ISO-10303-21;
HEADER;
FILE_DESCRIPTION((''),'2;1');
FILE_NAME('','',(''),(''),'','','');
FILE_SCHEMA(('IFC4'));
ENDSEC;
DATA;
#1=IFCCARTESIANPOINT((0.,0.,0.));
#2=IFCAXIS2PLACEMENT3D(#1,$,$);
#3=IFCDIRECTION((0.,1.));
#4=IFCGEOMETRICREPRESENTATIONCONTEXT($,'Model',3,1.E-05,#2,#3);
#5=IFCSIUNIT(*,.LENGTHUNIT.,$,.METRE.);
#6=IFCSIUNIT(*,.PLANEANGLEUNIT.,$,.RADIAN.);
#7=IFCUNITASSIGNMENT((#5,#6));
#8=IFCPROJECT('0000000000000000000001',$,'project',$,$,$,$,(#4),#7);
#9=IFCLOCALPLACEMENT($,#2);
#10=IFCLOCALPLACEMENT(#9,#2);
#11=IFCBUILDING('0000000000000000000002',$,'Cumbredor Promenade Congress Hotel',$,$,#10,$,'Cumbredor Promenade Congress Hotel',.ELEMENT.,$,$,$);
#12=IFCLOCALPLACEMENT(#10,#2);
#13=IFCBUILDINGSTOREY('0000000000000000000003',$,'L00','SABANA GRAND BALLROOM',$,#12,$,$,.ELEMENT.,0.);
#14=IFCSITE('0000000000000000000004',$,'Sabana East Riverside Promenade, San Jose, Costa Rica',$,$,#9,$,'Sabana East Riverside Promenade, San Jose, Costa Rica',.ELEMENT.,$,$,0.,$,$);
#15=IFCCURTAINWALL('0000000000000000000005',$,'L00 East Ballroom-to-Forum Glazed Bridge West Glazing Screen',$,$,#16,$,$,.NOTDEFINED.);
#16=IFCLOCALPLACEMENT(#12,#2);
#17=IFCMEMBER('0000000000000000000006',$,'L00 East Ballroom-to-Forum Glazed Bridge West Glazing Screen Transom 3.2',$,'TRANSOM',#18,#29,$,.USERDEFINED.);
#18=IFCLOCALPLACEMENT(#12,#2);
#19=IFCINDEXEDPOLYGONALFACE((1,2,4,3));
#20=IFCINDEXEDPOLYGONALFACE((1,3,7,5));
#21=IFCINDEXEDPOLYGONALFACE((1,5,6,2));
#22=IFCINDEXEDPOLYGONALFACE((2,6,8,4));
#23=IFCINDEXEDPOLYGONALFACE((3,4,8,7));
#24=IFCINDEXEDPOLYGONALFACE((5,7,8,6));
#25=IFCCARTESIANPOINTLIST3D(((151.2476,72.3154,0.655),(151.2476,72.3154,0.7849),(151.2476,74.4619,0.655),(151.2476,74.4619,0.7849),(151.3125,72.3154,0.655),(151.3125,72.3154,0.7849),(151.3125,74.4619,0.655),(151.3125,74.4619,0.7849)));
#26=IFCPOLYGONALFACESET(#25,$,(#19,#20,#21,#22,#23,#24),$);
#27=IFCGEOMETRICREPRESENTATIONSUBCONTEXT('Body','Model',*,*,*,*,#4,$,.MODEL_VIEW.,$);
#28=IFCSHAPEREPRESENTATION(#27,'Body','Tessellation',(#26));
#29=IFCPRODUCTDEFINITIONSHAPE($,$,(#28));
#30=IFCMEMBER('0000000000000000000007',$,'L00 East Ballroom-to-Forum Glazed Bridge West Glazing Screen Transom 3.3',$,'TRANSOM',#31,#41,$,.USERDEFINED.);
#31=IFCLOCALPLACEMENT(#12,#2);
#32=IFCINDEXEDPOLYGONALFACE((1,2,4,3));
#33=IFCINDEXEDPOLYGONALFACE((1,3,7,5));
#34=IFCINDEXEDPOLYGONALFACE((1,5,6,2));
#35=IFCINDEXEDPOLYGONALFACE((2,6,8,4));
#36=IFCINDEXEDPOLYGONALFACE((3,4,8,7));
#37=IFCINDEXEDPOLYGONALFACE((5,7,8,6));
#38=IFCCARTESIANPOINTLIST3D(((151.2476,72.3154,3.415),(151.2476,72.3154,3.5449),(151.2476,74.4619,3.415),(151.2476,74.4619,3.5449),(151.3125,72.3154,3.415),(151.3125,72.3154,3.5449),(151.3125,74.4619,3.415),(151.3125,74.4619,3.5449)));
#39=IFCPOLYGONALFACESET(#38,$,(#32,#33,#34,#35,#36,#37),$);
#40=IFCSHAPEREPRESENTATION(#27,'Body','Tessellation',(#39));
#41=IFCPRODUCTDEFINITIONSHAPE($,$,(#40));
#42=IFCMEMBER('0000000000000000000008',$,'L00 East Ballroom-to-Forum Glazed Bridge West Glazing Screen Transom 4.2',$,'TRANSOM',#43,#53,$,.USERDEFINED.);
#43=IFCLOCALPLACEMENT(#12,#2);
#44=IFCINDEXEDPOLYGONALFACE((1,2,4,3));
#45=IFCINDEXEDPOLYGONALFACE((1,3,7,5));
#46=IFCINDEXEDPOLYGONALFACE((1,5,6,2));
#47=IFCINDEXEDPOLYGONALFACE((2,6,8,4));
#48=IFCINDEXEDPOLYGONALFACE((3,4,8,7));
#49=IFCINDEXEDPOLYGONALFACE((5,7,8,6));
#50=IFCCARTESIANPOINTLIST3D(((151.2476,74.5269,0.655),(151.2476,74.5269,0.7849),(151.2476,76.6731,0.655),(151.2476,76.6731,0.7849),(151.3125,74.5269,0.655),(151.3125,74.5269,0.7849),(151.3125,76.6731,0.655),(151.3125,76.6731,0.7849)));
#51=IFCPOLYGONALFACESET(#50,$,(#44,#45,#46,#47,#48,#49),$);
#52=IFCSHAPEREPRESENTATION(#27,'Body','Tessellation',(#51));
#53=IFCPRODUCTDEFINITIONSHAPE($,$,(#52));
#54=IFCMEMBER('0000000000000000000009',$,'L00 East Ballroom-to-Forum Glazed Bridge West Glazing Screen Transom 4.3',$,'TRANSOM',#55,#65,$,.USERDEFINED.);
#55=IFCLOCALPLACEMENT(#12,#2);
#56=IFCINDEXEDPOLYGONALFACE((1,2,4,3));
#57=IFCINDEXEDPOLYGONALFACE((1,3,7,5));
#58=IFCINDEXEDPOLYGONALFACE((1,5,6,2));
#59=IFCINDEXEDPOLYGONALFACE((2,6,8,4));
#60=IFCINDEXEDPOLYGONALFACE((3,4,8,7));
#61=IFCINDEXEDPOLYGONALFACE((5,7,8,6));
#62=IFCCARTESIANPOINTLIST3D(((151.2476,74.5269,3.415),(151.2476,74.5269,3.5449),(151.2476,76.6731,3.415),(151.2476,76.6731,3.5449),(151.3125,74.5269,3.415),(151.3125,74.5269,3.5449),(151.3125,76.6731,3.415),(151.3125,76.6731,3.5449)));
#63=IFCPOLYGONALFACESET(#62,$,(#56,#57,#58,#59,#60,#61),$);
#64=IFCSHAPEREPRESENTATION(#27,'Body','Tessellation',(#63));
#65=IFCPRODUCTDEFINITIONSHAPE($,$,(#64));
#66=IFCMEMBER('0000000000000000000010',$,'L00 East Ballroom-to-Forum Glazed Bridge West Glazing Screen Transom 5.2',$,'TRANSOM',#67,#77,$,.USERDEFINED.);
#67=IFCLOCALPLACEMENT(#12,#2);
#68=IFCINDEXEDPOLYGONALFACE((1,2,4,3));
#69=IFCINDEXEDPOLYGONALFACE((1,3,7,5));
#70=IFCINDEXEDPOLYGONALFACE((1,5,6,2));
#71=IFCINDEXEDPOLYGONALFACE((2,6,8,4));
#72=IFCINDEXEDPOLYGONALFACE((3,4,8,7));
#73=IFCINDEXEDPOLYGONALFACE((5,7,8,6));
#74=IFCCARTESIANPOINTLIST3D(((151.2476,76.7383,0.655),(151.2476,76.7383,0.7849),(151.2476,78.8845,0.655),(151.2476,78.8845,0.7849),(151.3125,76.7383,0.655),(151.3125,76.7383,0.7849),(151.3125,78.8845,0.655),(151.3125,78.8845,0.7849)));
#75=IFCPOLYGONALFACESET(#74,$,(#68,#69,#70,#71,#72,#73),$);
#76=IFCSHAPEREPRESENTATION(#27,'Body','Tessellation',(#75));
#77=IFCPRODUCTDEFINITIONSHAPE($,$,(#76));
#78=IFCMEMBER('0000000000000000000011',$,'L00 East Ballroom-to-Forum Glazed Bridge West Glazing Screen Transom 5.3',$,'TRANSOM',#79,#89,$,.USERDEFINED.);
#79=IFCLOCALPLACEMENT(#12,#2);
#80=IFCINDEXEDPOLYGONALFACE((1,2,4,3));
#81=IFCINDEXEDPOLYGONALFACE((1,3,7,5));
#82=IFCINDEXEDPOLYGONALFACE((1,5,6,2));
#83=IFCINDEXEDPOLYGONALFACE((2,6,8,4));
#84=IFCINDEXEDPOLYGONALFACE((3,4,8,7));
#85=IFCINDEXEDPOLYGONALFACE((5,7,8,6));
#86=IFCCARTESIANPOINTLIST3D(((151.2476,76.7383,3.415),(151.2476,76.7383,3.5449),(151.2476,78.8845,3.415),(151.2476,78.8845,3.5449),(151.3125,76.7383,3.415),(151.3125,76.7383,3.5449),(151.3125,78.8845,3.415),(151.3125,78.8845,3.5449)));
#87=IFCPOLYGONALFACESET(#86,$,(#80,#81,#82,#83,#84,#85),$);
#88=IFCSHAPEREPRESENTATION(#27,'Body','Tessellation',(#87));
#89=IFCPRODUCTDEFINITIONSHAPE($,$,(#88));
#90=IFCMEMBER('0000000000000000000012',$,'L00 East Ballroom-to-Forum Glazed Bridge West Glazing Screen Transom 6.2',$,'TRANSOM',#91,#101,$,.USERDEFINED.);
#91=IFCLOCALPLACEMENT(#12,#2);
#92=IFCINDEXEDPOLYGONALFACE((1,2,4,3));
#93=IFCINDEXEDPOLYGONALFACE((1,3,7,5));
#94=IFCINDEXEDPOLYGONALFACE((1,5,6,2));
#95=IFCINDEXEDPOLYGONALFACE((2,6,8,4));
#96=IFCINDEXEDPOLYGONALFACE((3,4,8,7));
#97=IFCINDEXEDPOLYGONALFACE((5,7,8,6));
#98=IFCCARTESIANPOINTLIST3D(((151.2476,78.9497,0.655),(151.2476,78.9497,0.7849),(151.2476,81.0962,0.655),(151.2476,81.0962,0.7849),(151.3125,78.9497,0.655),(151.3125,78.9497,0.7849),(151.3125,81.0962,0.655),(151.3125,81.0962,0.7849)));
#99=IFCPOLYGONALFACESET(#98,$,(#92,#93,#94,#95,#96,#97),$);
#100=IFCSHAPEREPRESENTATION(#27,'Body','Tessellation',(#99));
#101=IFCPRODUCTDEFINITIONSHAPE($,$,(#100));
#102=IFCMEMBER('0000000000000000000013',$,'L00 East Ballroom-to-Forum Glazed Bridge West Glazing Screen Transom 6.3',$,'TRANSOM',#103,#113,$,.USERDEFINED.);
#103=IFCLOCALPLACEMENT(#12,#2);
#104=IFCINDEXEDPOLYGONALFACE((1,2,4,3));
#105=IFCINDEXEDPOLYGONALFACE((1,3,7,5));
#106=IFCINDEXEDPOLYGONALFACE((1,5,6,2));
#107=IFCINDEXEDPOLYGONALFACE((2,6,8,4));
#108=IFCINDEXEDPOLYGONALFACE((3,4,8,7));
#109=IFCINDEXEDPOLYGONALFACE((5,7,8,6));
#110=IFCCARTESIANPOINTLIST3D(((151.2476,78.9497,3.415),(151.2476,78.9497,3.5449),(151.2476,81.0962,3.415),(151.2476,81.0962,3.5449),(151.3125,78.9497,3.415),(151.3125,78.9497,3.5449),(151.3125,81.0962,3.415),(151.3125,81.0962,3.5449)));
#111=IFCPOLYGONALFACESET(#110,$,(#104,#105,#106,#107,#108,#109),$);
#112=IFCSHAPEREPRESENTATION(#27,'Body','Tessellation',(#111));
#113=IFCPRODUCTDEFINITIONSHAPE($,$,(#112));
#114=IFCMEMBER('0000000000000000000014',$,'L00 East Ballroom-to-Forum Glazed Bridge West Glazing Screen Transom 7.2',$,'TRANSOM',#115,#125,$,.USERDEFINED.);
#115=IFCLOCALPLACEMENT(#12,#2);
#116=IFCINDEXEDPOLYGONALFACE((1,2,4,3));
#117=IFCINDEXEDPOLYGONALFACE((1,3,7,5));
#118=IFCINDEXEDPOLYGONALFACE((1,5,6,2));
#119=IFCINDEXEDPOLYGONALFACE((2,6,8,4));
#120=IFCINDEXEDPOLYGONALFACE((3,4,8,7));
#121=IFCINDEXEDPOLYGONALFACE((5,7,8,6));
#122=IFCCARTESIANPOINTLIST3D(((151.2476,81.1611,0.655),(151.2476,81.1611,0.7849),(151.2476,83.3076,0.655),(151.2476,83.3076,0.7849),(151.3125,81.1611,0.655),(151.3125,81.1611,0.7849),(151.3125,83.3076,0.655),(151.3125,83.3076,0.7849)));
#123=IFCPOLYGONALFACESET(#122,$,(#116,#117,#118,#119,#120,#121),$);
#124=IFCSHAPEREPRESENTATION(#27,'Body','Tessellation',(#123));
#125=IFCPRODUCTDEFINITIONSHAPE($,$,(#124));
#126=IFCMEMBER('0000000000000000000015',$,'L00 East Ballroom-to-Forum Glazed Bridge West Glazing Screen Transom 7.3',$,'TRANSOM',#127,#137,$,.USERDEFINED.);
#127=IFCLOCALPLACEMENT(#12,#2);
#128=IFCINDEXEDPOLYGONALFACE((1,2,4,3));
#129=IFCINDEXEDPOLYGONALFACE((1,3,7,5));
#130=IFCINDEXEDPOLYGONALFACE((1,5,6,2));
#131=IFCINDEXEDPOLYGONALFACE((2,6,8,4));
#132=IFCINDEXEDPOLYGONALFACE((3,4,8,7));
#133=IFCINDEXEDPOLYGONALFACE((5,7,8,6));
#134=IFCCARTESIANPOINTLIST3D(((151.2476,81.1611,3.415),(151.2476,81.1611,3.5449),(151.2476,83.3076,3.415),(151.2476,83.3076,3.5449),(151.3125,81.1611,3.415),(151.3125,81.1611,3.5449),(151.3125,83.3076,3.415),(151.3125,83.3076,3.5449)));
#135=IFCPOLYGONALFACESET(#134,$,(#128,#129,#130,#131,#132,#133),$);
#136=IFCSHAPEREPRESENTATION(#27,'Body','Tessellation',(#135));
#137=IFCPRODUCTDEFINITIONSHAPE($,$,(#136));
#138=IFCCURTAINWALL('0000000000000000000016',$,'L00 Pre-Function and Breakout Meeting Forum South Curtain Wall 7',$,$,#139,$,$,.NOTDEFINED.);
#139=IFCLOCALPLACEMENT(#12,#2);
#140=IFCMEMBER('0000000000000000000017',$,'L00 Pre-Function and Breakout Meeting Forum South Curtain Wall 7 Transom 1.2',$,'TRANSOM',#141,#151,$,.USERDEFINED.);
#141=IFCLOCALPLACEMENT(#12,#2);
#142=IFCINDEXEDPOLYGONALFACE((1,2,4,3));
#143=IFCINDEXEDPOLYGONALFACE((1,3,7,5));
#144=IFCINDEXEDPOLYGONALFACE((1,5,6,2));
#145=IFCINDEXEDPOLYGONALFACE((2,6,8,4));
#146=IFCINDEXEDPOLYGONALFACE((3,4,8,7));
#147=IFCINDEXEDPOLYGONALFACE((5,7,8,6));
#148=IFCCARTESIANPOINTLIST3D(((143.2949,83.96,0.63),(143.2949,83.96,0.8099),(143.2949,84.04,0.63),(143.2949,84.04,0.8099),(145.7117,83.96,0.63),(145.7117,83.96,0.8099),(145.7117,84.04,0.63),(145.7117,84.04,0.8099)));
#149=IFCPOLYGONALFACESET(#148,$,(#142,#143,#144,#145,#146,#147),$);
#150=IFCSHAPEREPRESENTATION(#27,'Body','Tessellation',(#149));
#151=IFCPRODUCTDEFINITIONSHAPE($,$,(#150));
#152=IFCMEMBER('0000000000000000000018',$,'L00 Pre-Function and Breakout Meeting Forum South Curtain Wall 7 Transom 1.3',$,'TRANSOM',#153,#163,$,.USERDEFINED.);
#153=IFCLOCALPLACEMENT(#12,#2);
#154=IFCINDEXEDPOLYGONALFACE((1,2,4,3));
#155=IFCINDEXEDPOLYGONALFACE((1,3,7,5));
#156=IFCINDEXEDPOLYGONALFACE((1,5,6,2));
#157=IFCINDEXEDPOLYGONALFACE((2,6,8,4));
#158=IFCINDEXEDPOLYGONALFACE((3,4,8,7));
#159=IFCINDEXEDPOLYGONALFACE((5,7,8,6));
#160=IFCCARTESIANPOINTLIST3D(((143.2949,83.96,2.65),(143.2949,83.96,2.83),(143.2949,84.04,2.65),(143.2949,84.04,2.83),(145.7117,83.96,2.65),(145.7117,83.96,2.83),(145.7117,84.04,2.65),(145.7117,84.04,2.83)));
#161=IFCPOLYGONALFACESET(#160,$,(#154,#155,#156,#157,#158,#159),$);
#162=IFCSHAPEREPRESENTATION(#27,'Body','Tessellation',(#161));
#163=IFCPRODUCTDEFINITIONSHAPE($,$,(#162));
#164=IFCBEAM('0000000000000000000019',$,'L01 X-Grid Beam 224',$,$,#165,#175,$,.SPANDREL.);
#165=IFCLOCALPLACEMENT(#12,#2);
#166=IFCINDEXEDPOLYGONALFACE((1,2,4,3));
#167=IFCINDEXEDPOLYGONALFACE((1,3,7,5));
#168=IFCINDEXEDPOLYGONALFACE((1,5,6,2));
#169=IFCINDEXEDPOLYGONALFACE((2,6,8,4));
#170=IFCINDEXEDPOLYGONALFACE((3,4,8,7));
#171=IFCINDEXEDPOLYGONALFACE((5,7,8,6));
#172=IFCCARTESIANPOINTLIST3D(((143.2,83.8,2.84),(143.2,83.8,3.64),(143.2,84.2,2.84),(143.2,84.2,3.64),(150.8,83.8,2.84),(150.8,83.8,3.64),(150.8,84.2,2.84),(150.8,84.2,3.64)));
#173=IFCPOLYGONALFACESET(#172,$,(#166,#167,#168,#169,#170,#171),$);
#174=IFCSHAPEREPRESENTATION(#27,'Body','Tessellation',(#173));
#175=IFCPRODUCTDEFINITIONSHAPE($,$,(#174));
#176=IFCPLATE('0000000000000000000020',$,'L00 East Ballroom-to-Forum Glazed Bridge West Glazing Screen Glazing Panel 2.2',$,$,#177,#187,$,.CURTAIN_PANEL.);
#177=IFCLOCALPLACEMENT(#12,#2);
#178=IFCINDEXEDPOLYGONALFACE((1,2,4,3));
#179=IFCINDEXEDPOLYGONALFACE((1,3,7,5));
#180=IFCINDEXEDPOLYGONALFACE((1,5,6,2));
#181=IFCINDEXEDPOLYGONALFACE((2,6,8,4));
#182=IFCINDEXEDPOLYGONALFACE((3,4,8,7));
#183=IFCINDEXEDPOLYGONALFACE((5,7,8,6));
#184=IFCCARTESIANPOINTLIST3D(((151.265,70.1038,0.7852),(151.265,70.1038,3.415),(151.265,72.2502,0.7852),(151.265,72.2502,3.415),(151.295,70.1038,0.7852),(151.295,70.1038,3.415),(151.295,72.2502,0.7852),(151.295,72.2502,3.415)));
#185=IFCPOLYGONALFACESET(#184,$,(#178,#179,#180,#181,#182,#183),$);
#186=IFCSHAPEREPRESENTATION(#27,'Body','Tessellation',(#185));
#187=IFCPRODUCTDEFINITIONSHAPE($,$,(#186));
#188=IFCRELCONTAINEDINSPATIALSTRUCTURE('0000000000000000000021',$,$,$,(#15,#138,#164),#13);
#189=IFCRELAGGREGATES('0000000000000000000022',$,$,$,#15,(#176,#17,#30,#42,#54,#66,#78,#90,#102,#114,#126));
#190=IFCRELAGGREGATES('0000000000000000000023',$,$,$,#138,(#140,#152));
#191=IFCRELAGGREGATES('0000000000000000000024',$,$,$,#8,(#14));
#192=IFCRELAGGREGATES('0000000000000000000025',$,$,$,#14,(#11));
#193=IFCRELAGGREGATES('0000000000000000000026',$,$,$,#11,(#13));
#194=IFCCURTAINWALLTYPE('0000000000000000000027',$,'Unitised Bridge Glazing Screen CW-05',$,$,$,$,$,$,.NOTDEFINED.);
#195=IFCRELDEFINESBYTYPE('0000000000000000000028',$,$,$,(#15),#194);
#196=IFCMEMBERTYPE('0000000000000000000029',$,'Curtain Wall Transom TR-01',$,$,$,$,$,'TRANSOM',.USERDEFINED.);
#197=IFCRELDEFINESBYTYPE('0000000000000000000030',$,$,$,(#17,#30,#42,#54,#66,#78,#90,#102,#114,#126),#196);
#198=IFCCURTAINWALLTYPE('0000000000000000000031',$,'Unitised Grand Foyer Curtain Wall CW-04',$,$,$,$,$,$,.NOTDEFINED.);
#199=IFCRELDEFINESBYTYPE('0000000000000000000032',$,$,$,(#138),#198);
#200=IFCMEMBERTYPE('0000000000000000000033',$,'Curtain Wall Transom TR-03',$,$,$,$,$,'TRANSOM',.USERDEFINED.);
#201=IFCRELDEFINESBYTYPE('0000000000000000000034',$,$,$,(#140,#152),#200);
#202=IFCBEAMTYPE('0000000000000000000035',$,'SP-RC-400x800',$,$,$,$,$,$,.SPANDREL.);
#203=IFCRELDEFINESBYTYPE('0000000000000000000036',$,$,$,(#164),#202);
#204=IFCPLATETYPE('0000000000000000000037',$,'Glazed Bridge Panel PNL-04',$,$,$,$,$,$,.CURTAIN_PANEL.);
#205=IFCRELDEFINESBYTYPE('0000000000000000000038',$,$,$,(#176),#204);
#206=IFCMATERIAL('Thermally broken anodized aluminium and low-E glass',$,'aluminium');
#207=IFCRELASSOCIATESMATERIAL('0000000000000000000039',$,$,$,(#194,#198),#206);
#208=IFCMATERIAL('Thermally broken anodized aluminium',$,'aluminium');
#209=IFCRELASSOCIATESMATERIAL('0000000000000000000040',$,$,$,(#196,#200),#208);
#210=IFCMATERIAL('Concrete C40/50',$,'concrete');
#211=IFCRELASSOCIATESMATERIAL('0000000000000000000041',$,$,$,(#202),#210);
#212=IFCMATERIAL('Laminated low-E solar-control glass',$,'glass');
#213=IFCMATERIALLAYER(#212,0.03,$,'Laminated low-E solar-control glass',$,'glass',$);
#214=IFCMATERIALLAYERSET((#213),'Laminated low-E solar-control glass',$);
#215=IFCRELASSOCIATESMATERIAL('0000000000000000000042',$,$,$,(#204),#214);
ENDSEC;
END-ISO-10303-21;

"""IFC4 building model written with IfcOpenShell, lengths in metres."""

from ifc_helpers import new_model, si_unit, direction, frame, origin, origin_2d, place, context, subcontext, project, spatial, rectangle, extrude, material, layer, layer_set, material_profile, profile_set, type_object, element, aggregate, save


model = new_model("IFC4")

# Units and contexts
model_context = context("Model", 3, precision=1e-05, world=origin(), true_north=direction((0.0, 1.0)))
body_context = subcontext(model_context, "Body", "Model", "MODEL_VIEW")
ifc_project = project(units=[si_unit("LENGTHUNIT", "METRE"), si_unit("PLANEANGLEUNIT", "RADIAN")], contexts=[model_context])

# Site, building, storey
site_placement = place(None, origin())
site = spatial("IfcSite", under=ifc_project, at=site_placement, Name="Sabana East Riverside Promenade, San Jose, Costa Rica", LongName="Sabana East Riverside Promenade, San Jose, Costa Rica", CompositionType="ELEMENT", RefElevation=0.0)
building_placement = place(site_placement, origin())
building = spatial("IfcBuilding", under=site, at=building_placement, Name="Cumbredor Promenade Congress Hotel", LongName="Cumbredor Promenade Congress Hotel", CompositionType="ELEMENT")
storey_placement = place(building_placement, origin())
storey = spatial("IfcBuildingStorey", under=building, at=storey_placement, Name="L00", Description="SABANA GRAND BALLROOM", CompositionType="ELEMENT", Elevation=0.0)

# Curtain walls, members
ifc_material_1 = material(Name="Thermally broken anodized aluminium and low-E glass", Category="aluminium")
curtain_wall_type_1 = type_object("IfcCurtainWallType", Name="Unitised Bridge Glazing Screen CW-05", PredefinedType="NOTDEFINED", material=ifc_material_1)
curtain_wall_1_placement = place(storey_placement, origin())
curtain_wall_1 = element("IfcCurtainWall", 1, at=curtain_wall_1_placement, inside=storey, type_object=curtain_wall_type_1, Name="L00 East Ballroom-to-Forum Glazed Bridge West Glazing Screen", PredefinedType="NOTDEFINED")
ifc_material_2 = material(Name="Thermally broken anodized aluminium", Category="aluminium")
ifc_material_profile_1 = material_profile(ifc_material_2, rectangle(XDim=0.0649, YDim=0.1299, at=origin_2d()), Name="ALU TRANSOM 65x130")
ifc_profile_set_1 = profile_set([ifc_material_profile_1], Name="Thermally broken anodized aluminium")
member_type_1 = type_object("IfcMemberType", Name="Curtain Wall Transom TR-01", ElementType="TRANSOM", PredefinedType="USERDEFINED", material=ifc_profile_set_1)
member_1_placement = place(storey_placement, frame((151.28, 72.3154, 0.72), z_axis=(0.0, 1.0, 0.0), x_axis=(-1.0, 0.0, 0.0)))
member_1 = element("IfcMember", 2, at=member_1_placement, type_object=member_type_1, Name="L00 East Ballroom-to-Forum Glazed Bridge West Glazing Screen Transom 3.2", ObjectType="TRANSOM", PredefinedType="USERDEFINED", context=body_context, shape_type="SweptSolid", body=[
    extrude(rectangle(XDim=0.0649, YDim=0.1299, at=origin_2d()), origin(), (0.0, 0.0, 1.0), 2.1465),
])
member_2_placement = place(storey_placement, frame((151.28, 72.3154, 3.48), z_axis=(0.0, 1.0, 0.0), x_axis=(-1.0, 0.0, 0.0)))
member_2 = element("IfcMember", 3, at=member_2_placement, type_object=member_type_1, Name="L00 East Ballroom-to-Forum Glazed Bridge West Glazing Screen Transom 3.3", ObjectType="TRANSOM", PredefinedType="USERDEFINED", context=body_context, shape_type="SweptSolid", body=[
    extrude(rectangle(XDim=0.0649, YDim=0.1299, at=origin_2d()), origin(), (0.0, 0.0, 1.0), 2.1465),
])
member_3_placement = place(storey_placement, frame((151.28, 74.5269, 0.72), z_axis=(0.0, 1.0, 0.0), x_axis=(-1.0, 0.0, 0.0)))
member_3 = element("IfcMember", 4, at=member_3_placement, type_object=member_type_1, Name="L00 East Ballroom-to-Forum Glazed Bridge West Glazing Screen Transom 4.2", ObjectType="TRANSOM", PredefinedType="USERDEFINED", context=body_context, shape_type="SweptSolid", body=[
    extrude(rectangle(XDim=0.0649, YDim=0.1299, at=origin_2d()), origin(), (0.0, 0.0, 1.0), 2.1462),
])
member_4_placement = place(storey_placement, frame((151.28, 74.5269, 3.48), z_axis=(0.0, 1.0, 0.0), x_axis=(-1.0, 0.0, 0.0)))
member_4 = element("IfcMember", 5, at=member_4_placement, type_object=member_type_1, Name="L00 East Ballroom-to-Forum Glazed Bridge West Glazing Screen Transom 4.3", ObjectType="TRANSOM", PredefinedType="USERDEFINED", context=body_context, shape_type="SweptSolid", body=[
    extrude(rectangle(XDim=0.0649, YDim=0.1299, at=origin_2d()), origin(), (0.0, 0.0, 1.0), 2.1462),
])
member_5_placement = place(storey_placement, frame((151.28, 76.7383, 0.72), z_axis=(0.0, 1.0, 0.0), x_axis=(-1.0, 0.0, 0.0)))
member_5 = element("IfcMember", 6, at=member_5_placement, type_object=member_type_1, Name="L00 East Ballroom-to-Forum Glazed Bridge West Glazing Screen Transom 5.2", ObjectType="TRANSOM", PredefinedType="USERDEFINED", context=body_context, shape_type="SweptSolid", body=[
    extrude(rectangle(XDim=0.0649, YDim=0.1299, at=origin_2d()), origin(), (0.0, 0.0, 1.0), 2.1462),
])
member_6_placement = place(storey_placement, frame((151.28, 76.7383, 3.48), z_axis=(0.0, 1.0, 0.0), x_axis=(-1.0, 0.0, 0.0)))
member_6 = element("IfcMember", 7, at=member_6_placement, type_object=member_type_1, Name="L00 East Ballroom-to-Forum Glazed Bridge West Glazing Screen Transom 5.3", ObjectType="TRANSOM", PredefinedType="USERDEFINED", context=body_context, shape_type="SweptSolid", body=[
    extrude(rectangle(XDim=0.0649, YDim=0.1299, at=origin_2d()), origin(), (0.0, 0.0, 1.0), 2.1462),
])
member_7_placement = place(storey_placement, frame((151.28, 78.9497, 0.72), z_axis=(0.0, 1.0, 0.0), x_axis=(-1.0, 0.0, 0.0)))
member_7 = element("IfcMember", 8, at=member_7_placement, type_object=member_type_1, Name="L00 East Ballroom-to-Forum Glazed Bridge West Glazing Screen Transom 6.2", ObjectType="TRANSOM", PredefinedType="USERDEFINED", context=body_context, shape_type="SweptSolid", body=[
    extrude(rectangle(XDim=0.0649, YDim=0.1299, at=origin_2d()), origin(), (0.0, 0.0, 1.0), 2.1465),
])
member_8_placement = place(storey_placement, frame((151.28, 78.9497, 3.48), z_axis=(0.0, 1.0, 0.0), x_axis=(-1.0, 0.0, 0.0)))
member_8 = element("IfcMember", 9, at=member_8_placement, type_object=member_type_1, Name="L00 East Ballroom-to-Forum Glazed Bridge West Glazing Screen Transom 6.3", ObjectType="TRANSOM", PredefinedType="USERDEFINED", context=body_context, shape_type="SweptSolid", body=[
    extrude(rectangle(XDim=0.0649, YDim=0.1299, at=origin_2d()), origin(), (0.0, 0.0, 1.0), 2.1465),
])
member_9_placement = place(storey_placement, frame((151.28, 81.1611, 0.72), z_axis=(0.0, 1.0, 0.0), x_axis=(-1.0, 0.0, 0.0)))
member_9 = element("IfcMember", 10, at=member_9_placement, type_object=member_type_1, Name="L00 East Ballroom-to-Forum Glazed Bridge West Glazing Screen Transom 7.2", ObjectType="TRANSOM", PredefinedType="USERDEFINED", context=body_context, shape_type="SweptSolid", body=[
    extrude(rectangle(XDim=0.0649, YDim=0.1299, at=origin_2d()), origin(), (0.0, 0.0, 1.0), 2.1465),
])
member_10_placement = place(storey_placement, frame((151.28, 81.1611, 3.48), z_axis=(0.0, 1.0, 0.0), x_axis=(-1.0, 0.0, 0.0)))
member_10 = element("IfcMember", 11, at=member_10_placement, type_object=member_type_1, Name="L00 East Ballroom-to-Forum Glazed Bridge West Glazing Screen Transom 7.3", ObjectType="TRANSOM", PredefinedType="USERDEFINED", context=body_context, shape_type="SweptSolid", body=[
    extrude(rectangle(XDim=0.0649, YDim=0.1299, at=origin_2d()), origin(), (0.0, 0.0, 1.0), 2.1465),
])
curtain_wall_type_2 = type_object("IfcCurtainWallType", Name="Unitised Grand Foyer Curtain Wall CW-04", PredefinedType="NOTDEFINED", material=ifc_material_1)
curtain_wall_2_placement = place(storey_placement, origin())
curtain_wall_2 = element("IfcCurtainWall", 12, at=curtain_wall_2_placement, inside=storey, type_object=curtain_wall_type_2, Name="L00 Pre-Function and Breakout Meeting Forum South Curtain Wall 7", PredefinedType="NOTDEFINED")
ifc_material_profile_2 = material_profile(ifc_material_2, rectangle(XDim=0.0801, YDim=0.1799, at=origin_2d()), Name="ALU TRANSOM 80x180")
ifc_profile_set_2 = profile_set([ifc_material_profile_2], Name="Thermally broken anodized aluminium")
member_type_2 = type_object("IfcMemberType", Name="Curtain Wall Transom TR-03", ElementType="TRANSOM", PredefinedType="USERDEFINED", material=ifc_profile_set_2)
member_11_placement = place(storey_placement, frame((143.2949, 84.0, 0.72), z_axis=(1.0, 0.0, 0.0), x_axis=(0.0, 1.0, 0.0)))
member_11 = element("IfcMember", 13, at=member_11_placement, type_object=member_type_2, Name="L00 Pre-Function and Breakout Meeting Forum South Curtain Wall 7 Transom 1.2", ObjectType="TRANSOM", PredefinedType="USERDEFINED", context=body_context, shape_type="SweptSolid", body=[
    extrude(rectangle(XDim=0.0801, YDim=0.1799, at=origin_2d()), origin(), (0.0, 0.0, 1.0), 2.4167),
])
member_12_placement = place(storey_placement, frame((143.2949, 84.0, 2.74), z_axis=(1.0, 0.0, 0.0), x_axis=(0.0, 1.0, 0.0)))
member_12 = element("IfcMember", 14, at=member_12_placement, type_object=member_type_2, Name="L00 Pre-Function and Breakout Meeting Forum South Curtain Wall 7 Transom 1.3", ObjectType="TRANSOM", PredefinedType="USERDEFINED", context=body_context, shape_type="SweptSolid", body=[
    extrude(rectangle(XDim=0.0801, YDim=0.1799, at=origin_2d()), origin(), (0.0, 0.0, 1.0), 2.4167),
])

# Beam
ifc_material_3 = material(Name="Concrete C40/50", Category="concrete")
ifc_material_profile_3 = material_profile(ifc_material_3, rectangle(XDim=0.3999, YDim=0.8, at=origin_2d()), Name="RC SPANDREL 400x800")
ifc_profile_set_3 = profile_set([ifc_material_profile_3], Name="Concrete C40/50")
beam_type = type_object("IfcBeamType", Name="SP-RC-400x800", PredefinedType="SPANDREL", material=ifc_profile_set_3)
beam_placement = place(storey_placement, frame((143.2, 84.0, 3.24), z_axis=(1.0, 0.0, 0.0), x_axis=(0.0, 1.0, 0.0)))
element("IfcBeam", 15, at=beam_placement, inside=storey, type_object=beam_type, Name="L01 X-Grid Beam 224", PredefinedType="SPANDREL", context=body_context, shape_type="SweptSolid", body=[
    extrude(rectangle(XDim=0.3999, YDim=0.8, at=origin_2d()), origin(), (0.0, 0.0, 1.0), 7.6001),
])

# Plate
ifc_material_4 = material(Name="Laminated low-E solar-control glass", Category="glass")
ifc_layer_1 = layer(ifc_material_4, 0.03, Name="Laminated low-E solar-control glass", Category="glass")
ifc_layer_set_1 = layer_set([ifc_layer_1], Name="Laminated low-E solar-control glass")
plate_type_1 = type_object("IfcPlateType", Name="Glazed Bridge Panel PNL-04", PredefinedType="CURTAIN_PANEL", material=ifc_layer_set_1)
plate_1_placement = place(storey_placement, frame((151.28, 71.177, 0.7852), z_axis=(0.0, 0.0, 1.0), x_axis=(0.0, 1.0, 0.0)))
plate_1 = element("IfcPlate", 16, at=plate_1_placement, type_object=plate_type_1, Name="L00 East Ballroom-to-Forum Glazed Bridge West Glazing Screen Glazing Panel 2.2", PredefinedType="CURTAIN_PANEL", context=body_context, shape_type="SweptSolid", body=[
    extrude(rectangle(XDim=2.1465, YDim=0.03, at=origin_2d()), origin(), (0.0, 0.0, 1.0), 2.6299),
])
aggregate(curtain_wall_1, [plate_1, member_1, member_2, member_3, member_4, member_5, member_6, member_7, member_8, member_9, member_10])

aggregate(curtain_wall_2, [member_11, member_12])

save(model, "model.ifc")
